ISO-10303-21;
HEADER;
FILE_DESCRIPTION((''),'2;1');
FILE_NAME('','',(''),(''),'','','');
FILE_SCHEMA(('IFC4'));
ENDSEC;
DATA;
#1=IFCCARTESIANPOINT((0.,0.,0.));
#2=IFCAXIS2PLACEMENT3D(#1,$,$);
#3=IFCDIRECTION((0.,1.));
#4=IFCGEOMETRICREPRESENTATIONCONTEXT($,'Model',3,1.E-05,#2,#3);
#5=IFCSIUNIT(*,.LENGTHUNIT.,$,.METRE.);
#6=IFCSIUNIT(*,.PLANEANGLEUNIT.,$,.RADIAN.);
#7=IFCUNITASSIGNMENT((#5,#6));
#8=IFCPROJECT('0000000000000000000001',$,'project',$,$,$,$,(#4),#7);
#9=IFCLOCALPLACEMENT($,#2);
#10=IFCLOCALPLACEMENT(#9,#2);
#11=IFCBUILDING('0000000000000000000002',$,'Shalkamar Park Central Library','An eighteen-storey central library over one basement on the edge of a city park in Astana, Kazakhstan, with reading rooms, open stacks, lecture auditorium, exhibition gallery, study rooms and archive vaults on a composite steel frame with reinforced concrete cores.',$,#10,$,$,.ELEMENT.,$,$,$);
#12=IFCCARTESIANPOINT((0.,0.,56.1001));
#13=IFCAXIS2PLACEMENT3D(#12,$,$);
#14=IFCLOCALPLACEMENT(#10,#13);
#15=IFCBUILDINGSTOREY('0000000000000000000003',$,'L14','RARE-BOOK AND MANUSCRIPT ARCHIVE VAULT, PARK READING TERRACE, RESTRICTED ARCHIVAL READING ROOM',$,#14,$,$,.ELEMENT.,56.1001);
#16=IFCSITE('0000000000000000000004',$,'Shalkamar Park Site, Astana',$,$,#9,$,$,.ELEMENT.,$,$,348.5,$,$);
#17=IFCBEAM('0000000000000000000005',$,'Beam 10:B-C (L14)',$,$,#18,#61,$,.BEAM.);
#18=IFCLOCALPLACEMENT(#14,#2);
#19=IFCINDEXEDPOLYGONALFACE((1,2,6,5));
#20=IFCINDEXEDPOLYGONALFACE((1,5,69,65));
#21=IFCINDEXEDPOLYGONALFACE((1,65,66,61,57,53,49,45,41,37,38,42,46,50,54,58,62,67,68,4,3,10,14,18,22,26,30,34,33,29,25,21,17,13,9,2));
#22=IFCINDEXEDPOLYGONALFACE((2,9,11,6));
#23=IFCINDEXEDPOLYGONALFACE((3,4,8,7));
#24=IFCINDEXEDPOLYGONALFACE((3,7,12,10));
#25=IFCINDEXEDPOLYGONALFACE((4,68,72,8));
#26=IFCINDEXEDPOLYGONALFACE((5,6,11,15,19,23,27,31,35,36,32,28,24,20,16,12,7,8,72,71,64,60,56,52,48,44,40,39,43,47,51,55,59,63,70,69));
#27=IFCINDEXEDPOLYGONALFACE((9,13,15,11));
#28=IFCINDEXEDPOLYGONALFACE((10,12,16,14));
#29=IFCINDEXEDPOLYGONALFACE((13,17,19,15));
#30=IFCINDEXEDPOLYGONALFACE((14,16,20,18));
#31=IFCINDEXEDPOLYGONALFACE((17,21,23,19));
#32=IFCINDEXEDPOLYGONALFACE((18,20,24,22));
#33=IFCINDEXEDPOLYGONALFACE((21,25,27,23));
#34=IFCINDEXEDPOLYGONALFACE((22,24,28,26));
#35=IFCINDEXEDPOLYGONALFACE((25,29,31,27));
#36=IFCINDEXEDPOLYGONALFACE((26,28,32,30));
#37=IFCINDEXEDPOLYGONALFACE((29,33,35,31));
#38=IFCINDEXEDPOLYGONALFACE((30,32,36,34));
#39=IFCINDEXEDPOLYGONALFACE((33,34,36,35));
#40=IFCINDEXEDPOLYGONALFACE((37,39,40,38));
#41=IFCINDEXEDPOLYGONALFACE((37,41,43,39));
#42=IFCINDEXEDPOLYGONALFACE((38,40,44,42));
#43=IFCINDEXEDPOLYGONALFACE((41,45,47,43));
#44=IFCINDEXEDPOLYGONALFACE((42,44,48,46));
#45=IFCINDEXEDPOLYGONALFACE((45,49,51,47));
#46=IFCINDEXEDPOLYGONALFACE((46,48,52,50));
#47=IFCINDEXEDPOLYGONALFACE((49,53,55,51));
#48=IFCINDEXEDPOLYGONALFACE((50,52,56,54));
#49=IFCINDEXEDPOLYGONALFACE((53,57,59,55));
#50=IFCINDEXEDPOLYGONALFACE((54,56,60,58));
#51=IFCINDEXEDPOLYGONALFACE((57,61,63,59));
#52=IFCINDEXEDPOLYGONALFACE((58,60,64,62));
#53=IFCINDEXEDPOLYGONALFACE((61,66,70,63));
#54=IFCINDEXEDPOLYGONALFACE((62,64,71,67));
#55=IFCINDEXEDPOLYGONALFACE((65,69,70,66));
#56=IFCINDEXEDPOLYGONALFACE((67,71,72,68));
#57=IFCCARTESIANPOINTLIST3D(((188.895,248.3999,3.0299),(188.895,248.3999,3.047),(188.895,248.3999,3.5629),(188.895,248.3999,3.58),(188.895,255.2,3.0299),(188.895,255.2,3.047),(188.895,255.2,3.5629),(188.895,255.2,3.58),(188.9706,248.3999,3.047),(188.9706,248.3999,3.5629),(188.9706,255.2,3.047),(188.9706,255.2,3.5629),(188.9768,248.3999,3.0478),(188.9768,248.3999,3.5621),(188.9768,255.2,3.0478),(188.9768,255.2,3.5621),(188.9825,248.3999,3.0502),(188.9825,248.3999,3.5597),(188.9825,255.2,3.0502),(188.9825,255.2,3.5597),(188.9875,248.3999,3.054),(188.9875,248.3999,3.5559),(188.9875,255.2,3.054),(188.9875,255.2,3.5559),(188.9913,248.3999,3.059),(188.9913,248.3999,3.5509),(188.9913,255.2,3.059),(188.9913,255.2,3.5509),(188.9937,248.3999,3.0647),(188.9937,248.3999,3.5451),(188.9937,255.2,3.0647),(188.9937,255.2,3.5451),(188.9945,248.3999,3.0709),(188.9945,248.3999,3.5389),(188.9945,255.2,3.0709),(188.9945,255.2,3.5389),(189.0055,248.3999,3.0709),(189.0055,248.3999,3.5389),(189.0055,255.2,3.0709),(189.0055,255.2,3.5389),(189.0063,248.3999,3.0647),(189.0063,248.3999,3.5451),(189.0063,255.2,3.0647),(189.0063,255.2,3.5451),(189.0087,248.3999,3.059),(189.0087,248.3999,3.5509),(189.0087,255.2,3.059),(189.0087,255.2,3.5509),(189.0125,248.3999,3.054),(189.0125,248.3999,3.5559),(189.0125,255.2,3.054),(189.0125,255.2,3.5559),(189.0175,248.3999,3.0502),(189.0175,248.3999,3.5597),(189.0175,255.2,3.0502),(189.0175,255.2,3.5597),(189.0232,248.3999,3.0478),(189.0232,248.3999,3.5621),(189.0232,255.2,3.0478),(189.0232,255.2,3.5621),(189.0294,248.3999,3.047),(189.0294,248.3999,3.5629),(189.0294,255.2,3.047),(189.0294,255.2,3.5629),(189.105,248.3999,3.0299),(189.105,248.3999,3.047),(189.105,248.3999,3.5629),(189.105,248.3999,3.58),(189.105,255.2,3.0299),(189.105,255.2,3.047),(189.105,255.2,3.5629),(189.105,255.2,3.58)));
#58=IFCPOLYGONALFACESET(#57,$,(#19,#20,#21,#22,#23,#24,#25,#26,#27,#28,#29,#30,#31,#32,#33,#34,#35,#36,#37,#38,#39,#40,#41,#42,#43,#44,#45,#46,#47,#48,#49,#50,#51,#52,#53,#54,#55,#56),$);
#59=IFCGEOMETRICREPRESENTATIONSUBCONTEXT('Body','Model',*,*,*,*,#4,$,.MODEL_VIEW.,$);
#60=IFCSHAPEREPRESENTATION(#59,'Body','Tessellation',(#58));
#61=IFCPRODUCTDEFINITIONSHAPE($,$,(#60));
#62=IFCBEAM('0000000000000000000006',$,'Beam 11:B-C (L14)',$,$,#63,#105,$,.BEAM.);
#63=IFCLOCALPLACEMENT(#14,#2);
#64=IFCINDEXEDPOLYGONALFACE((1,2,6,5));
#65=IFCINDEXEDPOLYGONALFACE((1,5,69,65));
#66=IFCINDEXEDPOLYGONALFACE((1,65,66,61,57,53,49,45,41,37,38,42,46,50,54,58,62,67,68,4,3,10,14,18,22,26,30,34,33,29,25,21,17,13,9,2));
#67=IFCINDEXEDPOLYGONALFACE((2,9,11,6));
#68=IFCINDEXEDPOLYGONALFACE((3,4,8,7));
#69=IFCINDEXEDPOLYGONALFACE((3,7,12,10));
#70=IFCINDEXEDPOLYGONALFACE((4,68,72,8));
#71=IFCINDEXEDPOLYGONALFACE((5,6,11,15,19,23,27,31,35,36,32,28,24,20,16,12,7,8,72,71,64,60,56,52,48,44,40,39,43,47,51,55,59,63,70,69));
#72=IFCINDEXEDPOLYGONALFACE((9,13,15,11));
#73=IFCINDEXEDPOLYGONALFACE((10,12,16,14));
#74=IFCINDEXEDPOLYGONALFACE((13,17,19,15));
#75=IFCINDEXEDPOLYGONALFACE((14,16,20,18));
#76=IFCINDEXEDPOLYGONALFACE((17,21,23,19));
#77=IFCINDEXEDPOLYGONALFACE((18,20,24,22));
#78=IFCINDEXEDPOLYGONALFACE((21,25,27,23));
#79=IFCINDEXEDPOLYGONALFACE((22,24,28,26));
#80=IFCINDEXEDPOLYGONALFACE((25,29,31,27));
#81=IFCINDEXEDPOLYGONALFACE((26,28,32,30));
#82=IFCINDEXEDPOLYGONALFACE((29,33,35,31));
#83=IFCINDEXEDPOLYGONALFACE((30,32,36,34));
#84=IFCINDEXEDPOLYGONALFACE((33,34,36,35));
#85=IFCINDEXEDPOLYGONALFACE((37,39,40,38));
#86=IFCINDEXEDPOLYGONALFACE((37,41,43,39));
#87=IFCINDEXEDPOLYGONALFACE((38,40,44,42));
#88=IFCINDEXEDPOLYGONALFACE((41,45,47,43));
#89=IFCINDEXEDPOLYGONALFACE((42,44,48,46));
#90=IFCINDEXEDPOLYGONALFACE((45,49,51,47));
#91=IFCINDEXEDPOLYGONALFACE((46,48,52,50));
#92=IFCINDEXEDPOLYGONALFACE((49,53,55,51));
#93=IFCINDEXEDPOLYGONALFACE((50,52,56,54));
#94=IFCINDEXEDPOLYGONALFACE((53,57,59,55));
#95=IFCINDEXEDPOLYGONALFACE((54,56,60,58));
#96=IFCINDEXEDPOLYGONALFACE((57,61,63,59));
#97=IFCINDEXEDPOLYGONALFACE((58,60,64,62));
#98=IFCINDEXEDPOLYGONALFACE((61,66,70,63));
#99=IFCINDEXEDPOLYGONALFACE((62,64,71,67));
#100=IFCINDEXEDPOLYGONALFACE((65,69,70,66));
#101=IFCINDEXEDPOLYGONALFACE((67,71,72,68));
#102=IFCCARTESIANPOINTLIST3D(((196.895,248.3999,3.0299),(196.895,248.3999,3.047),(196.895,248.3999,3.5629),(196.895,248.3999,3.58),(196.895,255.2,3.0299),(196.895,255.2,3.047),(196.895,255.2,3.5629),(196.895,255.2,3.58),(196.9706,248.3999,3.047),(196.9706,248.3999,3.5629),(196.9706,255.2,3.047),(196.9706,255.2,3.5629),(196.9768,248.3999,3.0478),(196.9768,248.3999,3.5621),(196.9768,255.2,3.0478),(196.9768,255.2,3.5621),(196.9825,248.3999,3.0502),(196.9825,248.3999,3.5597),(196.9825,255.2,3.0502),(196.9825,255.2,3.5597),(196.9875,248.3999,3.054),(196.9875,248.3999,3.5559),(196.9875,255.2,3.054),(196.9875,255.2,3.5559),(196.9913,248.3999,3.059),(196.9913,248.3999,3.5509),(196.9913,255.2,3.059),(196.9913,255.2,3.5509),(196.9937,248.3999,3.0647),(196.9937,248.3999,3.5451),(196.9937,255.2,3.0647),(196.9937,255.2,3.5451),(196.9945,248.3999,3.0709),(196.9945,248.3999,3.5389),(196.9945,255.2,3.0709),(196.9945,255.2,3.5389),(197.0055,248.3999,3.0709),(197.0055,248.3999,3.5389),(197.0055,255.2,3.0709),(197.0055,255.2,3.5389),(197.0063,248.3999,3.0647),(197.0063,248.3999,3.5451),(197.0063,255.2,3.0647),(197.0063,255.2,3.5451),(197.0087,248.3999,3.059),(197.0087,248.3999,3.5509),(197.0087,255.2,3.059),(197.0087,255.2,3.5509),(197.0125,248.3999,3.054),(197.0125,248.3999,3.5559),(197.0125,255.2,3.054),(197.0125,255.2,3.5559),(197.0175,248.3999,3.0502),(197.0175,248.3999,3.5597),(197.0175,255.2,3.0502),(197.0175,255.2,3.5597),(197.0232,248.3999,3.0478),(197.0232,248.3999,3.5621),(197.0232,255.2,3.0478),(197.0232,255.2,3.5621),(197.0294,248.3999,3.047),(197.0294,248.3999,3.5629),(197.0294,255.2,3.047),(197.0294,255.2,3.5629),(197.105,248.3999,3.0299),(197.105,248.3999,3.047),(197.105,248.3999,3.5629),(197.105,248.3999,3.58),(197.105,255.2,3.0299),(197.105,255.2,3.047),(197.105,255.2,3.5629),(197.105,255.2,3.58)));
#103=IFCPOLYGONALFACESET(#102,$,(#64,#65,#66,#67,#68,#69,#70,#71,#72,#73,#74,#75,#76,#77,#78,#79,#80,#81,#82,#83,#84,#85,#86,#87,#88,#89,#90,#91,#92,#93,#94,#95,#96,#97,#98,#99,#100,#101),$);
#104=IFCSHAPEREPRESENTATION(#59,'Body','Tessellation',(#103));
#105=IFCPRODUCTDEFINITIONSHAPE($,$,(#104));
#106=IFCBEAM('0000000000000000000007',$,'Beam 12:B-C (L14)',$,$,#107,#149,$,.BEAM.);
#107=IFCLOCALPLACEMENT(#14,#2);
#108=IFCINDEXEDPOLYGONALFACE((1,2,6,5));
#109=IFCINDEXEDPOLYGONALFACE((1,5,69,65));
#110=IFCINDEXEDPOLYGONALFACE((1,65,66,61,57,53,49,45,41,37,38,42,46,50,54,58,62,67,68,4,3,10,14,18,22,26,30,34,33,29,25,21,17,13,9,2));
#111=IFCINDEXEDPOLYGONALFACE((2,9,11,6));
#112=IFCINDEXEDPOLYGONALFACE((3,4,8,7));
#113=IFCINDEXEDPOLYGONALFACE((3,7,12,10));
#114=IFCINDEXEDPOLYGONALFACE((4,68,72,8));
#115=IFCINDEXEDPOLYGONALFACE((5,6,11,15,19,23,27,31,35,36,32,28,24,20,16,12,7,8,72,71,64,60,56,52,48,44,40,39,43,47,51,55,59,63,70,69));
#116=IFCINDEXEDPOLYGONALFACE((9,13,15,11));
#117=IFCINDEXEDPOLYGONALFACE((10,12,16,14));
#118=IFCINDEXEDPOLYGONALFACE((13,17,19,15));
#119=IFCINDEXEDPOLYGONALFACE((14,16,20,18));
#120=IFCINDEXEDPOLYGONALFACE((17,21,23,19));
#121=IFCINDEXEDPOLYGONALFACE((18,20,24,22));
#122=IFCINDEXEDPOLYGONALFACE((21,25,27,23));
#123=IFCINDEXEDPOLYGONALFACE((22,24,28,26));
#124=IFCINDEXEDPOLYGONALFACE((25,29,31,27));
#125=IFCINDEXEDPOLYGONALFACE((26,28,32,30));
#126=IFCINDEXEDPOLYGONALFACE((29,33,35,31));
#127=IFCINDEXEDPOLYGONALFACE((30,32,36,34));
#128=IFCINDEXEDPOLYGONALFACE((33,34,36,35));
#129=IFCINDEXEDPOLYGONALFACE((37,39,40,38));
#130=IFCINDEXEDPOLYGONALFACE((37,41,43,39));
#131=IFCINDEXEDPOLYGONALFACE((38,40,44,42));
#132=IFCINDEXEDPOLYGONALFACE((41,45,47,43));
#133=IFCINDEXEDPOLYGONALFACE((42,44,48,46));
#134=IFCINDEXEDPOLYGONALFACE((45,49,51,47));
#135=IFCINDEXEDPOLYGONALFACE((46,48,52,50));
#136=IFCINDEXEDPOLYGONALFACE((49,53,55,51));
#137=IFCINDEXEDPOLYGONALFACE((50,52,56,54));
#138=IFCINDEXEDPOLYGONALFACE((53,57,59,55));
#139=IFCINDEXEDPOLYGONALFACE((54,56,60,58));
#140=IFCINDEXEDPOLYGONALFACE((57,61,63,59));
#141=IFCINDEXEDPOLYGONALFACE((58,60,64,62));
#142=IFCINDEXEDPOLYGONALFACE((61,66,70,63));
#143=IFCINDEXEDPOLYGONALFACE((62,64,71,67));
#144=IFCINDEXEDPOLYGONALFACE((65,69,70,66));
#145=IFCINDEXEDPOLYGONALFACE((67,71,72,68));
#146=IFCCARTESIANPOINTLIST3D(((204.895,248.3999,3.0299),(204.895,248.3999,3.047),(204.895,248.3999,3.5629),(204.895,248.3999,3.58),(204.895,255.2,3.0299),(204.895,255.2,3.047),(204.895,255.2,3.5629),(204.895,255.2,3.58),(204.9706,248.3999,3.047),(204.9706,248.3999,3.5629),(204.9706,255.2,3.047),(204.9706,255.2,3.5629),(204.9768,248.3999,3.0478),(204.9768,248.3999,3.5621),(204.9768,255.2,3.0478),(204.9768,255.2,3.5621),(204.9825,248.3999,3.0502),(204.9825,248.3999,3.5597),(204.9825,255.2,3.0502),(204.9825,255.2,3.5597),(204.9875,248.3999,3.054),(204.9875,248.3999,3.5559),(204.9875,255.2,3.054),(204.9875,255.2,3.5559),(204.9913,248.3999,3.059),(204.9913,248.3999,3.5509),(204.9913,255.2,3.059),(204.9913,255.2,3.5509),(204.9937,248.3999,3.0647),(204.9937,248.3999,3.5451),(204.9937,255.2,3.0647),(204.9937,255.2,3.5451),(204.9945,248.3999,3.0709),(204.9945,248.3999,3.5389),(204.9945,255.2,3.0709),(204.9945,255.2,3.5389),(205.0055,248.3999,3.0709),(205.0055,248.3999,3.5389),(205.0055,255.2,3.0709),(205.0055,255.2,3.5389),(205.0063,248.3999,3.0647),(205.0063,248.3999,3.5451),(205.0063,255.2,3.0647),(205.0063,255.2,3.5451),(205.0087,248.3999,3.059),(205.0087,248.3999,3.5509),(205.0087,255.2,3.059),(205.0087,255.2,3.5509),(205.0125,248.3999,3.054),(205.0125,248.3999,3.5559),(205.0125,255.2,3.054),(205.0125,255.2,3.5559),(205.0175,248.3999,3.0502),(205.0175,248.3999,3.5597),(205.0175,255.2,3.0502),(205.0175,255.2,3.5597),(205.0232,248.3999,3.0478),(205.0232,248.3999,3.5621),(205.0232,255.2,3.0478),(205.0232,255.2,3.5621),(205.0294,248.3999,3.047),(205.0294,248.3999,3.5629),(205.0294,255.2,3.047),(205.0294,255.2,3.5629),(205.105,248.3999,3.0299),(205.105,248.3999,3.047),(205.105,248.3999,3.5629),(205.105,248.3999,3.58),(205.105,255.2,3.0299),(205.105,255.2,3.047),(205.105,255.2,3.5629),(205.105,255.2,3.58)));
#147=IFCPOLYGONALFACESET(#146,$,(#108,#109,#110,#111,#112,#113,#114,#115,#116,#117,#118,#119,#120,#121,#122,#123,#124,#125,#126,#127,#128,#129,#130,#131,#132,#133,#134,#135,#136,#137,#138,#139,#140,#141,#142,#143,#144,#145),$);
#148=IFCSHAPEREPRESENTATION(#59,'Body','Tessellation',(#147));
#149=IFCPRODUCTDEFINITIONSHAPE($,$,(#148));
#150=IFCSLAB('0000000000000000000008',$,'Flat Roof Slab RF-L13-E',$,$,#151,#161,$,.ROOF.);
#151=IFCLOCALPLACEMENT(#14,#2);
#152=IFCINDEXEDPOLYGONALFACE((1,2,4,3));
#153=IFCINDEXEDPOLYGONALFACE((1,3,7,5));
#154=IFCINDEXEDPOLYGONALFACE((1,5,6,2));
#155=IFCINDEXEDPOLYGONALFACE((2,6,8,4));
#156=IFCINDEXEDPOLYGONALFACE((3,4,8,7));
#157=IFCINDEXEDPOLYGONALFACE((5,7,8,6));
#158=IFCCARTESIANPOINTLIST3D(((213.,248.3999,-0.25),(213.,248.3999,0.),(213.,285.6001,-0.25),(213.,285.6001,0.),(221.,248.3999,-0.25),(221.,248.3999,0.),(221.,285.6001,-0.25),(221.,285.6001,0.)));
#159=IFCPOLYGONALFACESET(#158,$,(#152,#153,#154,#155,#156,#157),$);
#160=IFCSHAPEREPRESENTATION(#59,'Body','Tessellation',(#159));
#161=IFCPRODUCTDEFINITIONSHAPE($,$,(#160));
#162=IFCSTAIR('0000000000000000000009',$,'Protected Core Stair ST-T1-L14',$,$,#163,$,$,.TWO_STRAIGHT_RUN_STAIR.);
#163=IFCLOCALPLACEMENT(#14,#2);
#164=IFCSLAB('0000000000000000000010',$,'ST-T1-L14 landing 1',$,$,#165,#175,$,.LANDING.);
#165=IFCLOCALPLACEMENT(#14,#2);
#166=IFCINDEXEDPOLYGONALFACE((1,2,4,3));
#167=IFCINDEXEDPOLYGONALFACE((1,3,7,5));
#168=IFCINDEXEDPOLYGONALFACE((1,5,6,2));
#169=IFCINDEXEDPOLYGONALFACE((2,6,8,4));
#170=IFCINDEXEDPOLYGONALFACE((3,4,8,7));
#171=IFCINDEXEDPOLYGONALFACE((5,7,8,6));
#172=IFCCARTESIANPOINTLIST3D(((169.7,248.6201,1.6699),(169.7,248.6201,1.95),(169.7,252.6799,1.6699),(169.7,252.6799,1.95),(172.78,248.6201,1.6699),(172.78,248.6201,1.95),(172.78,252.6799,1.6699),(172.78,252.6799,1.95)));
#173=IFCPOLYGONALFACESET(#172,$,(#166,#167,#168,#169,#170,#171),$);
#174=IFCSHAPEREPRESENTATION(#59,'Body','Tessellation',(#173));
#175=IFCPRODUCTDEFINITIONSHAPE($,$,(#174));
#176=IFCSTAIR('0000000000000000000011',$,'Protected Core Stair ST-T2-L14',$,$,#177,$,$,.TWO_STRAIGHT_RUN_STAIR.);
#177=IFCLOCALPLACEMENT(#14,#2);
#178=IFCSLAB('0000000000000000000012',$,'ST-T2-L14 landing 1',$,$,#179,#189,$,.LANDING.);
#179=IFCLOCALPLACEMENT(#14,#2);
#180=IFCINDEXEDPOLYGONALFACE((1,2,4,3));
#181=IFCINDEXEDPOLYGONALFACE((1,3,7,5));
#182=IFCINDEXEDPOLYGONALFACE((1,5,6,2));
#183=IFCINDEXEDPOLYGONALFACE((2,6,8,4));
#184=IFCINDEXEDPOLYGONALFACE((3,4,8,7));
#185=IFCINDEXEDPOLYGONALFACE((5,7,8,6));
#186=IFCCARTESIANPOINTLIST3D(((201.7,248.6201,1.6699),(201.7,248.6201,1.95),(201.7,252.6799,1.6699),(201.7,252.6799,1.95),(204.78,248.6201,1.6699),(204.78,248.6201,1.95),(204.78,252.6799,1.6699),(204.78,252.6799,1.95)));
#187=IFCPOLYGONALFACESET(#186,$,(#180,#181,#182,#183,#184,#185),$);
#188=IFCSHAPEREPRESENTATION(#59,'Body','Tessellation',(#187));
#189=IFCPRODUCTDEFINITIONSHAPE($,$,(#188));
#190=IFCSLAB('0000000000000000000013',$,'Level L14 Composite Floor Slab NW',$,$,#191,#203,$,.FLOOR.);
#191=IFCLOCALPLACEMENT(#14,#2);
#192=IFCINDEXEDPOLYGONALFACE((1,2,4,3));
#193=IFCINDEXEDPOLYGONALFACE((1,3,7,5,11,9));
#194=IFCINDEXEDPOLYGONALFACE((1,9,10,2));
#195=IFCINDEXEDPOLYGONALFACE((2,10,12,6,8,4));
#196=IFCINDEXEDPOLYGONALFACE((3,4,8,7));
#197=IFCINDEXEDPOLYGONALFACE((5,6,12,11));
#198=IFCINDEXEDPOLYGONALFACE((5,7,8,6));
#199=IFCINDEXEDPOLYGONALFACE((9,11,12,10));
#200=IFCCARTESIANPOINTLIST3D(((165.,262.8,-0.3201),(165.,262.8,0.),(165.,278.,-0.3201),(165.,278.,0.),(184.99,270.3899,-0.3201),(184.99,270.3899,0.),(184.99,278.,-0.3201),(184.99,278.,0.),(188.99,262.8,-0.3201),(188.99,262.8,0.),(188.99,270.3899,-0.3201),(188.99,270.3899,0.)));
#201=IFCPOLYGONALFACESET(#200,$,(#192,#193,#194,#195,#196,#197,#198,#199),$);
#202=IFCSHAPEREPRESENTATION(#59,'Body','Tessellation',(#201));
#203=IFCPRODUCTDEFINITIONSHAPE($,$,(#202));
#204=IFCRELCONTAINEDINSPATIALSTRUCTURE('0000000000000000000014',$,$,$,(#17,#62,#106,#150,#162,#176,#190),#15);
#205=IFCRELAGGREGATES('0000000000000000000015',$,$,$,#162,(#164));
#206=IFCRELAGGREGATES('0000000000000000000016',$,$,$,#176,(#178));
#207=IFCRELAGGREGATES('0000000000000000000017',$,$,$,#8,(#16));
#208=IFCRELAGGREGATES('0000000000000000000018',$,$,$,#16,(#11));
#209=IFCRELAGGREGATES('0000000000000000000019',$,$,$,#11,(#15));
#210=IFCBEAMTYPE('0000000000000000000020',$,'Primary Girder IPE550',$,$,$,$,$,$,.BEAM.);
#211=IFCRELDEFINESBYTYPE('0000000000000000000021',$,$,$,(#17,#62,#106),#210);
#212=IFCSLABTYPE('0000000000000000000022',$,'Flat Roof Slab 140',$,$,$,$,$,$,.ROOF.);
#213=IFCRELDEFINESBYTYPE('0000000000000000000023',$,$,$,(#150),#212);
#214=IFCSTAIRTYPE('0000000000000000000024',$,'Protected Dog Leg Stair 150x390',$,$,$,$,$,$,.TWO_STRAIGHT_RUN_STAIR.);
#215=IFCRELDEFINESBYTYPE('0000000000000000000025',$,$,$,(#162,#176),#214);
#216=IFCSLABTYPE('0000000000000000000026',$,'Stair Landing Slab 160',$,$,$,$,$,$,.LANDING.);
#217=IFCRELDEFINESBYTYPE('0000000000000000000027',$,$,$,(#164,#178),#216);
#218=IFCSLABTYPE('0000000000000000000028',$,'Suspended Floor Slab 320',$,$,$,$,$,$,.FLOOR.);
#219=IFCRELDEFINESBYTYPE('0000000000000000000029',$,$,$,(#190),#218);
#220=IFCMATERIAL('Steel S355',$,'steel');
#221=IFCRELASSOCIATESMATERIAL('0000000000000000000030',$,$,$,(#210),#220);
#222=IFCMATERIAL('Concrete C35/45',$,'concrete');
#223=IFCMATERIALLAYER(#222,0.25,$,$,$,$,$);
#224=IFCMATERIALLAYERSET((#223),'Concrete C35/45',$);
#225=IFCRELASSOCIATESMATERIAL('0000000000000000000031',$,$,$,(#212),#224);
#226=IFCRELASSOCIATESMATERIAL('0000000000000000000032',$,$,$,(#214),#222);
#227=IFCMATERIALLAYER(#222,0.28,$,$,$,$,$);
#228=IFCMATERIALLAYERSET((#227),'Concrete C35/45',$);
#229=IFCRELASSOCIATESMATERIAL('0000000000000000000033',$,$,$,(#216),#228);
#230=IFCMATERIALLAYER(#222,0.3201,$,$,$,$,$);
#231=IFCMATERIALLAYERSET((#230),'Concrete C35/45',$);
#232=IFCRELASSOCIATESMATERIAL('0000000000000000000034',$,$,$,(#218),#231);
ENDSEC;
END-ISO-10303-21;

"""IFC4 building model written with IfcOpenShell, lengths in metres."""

from ifc_helpers import new_model, si_unit, direction, frame, origin, origin_2d, place, context, subcontext, project, spatial, polyline, i_section, outline, extrude, material, layer, layer_set, material_profile, profile_set, type_object, element, aggregate, save


model = new_model("IFC4")

# Units and contexts
model_context = context("Model", 3, precision=1e-05, world=origin(), true_north=direction((0.0, 1.0)))
body_context = subcontext(model_context, "Body", "Model", "MODEL_VIEW")
ifc_project = project(units=[si_unit("LENGTHUNIT", "METRE"), si_unit("PLANEANGLEUNIT", "RADIAN")], contexts=[model_context])

# Site, building, storey
site_placement = place(None, origin())
site = spatial("IfcSite", under=ifc_project, at=site_placement, Name="Shalkamar Park Site, Astana", CompositionType="ELEMENT", RefElevation=348.5)
building_placement = place(site_placement, origin())
building = spatial("IfcBuilding", under=site, at=building_placement, Name="Shalkamar Park Central Library", Description="An eighteen-storey central library over one basement on the edge of a city park in Astana, Kazakhstan, with reading rooms, open stacks, lecture auditorium, exhibition gallery, study rooms and archive vaults on a composite steel frame with reinforced concrete cores.", CompositionType="ELEMENT")
storey_placement = place(building_placement, frame((0.0, 0.0, 56.1001)))
storey = spatial("IfcBuildingStorey", under=building, at=storey_placement, Name="L14", Description="RARE-BOOK AND MANUSCRIPT ARCHIVE VAULT, PARK READING TERRACE, RESTRICTED ARCHIVAL READING ROOM", CompositionType="ELEMENT", Elevation=56.1001)

# Shared definitions
ifc_material_1 = material(Name="Steel S355", Category="steel")

# Beams
ifc_material_profile_1 = material_profile(ifc_material_1, i_section(OverallWidth=0.21, OverallDepth=0.55, WebThickness=0.011, FlangeThickness=0.0171, FilletRadius=0.0239, at=origin_2d()), Name="IPE 550")
ifc_profile_set_1 = profile_set([ifc_material_profile_1], Name="Steel S355")
beam_type_1 = type_object("IfcBeamType", Name="Primary Girder IPE550", PredefinedType="BEAM", material=ifc_profile_set_1)
for number, where, z_axis, x_axis, name in (
    (1, (189.0, 248.3999, 3.3049), (0.0, 1.0, 0.0), (-1.0, 0.0, 0.0), "Beam 10:B-C (L14)"),
    (2, (197.0, 248.3999, 3.3049), (0.0, 1.0, 0.0), (-1.0, 0.0, 0.0), "Beam 11:B-C (L14)"),
    (3, (205.0, 248.3999, 3.3049), (0.0, 1.0, 0.0), (-1.0, 0.0, 0.0), "Beam 12:B-C (L14)"),
):
    element("IfcBeam", number, at=place(storey_placement, frame(where, z_axis=z_axis, x_axis=x_axis)), inside=storey, type_object=beam_type_1, Name=name, PredefinedType="BEAM", context=body_context, shape_type="SweptSolid", body=[
        extrude(i_section(OverallWidth=0.21, OverallDepth=0.55, WebThickness=0.011, FlangeThickness=0.0171, FilletRadius=0.0239, at=origin_2d()), origin(), (0.0, 0.0, 1.0), 6.8),
    ])

# Slab
ifc_material_2 = material(Name="Concrete C35/45", Category="concrete")
ifc_layer_1 = layer(ifc_material_2, 0.25)
ifc_layer_set_1 = layer_set([ifc_layer_1], Name="Concrete C35/45")
slab_type_1 = type_object("IfcSlabType", Name="Flat Roof Slab 140", PredefinedType="ROOF", material=ifc_layer_set_1)
slab_1_placement = place(storey_placement, frame((0.0, 0.0, -0.25)))
element("IfcSlab", 4, at=slab_1_placement, inside=storey, type_object=slab_type_1, Name="Flat Roof Slab RF-L13-E", PredefinedType="ROOF", context=body_context, shape_type="SweptSolid", body=[
    extrude(outline(polyline([(213.0, 248.3999), (221.0, 248.3999), (221.0, 285.6001), (213.0, 285.6001), (213.0, 248.3999)])), origin(), (0.0, 0.0, 1.0), 0.25),
])

# Stairs, slabs
stair_type = type_object("IfcStairType", Name="Protected Dog Leg Stair 150x390", PredefinedType="TWO_STRAIGHT_RUN_STAIR", material=ifc_material_2)
stair_1_placement = place(storey_placement, origin())
stair_1 = element("IfcStair", 5, at=stair_1_placement, inside=storey, type_object=stair_type, Name="Protected Core Stair ST-T1-L14", PredefinedType="TWO_STRAIGHT_RUN_STAIR")
ifc_layer_2 = layer(ifc_material_2, 0.28)
ifc_layer_set_2 = layer_set([ifc_layer_2], Name="Concrete C35/45")
slab_type_2 = type_object("IfcSlabType", Name="Stair Landing Slab 160", PredefinedType="LANDING", material=ifc_layer_set_2)
slab_2_placement = place(storey_placement, frame((0.0, 0.0, 1.6699)))
slab_2 = element("IfcSlab", 6, at=slab_2_placement, type_object=slab_type_2, Name="ST-T1-L14 landing 1", PredefinedType="LANDING", context=body_context, shape_type="SweptSolid", body=[
    extrude(outline(polyline([(169.7, 248.6201), (172.78, 248.6201), (172.78, 252.6799), (169.7, 252.6799), (169.7, 248.6201)])), origin(), (0.0, 0.0, 1.0), 0.28),
])
aggregate(stair_1, [slab_2])
stair_2_placement = place(storey_placement, origin())
stair_2 = element("IfcStair", 7, at=stair_2_placement, inside=storey, type_object=stair_type, Name="Protected Core Stair ST-T2-L14", PredefinedType="TWO_STRAIGHT_RUN_STAIR")
slab_3_placement = place(storey_placement, frame((0.0, 0.0, 1.6699)))
slab_3 = element("IfcSlab", 8, at=slab_3_placement, type_object=slab_type_2, Name="ST-T2-L14 landing 1", PredefinedType="LANDING", context=body_context, shape_type="SweptSolid", body=[
    extrude(outline(polyline([(201.7, 248.6201), (204.78, 248.6201), (204.78, 252.6799), (201.7, 252.6799), (201.7, 248.6201)])), origin(), (0.0, 0.0, 1.0), 0.28),
])
aggregate(stair_2, [slab_3])

# Slab
ifc_layer_3 = layer(ifc_material_2, 0.3201)
ifc_layer_set_3 = layer_set([ifc_layer_3], Name="Concrete C35/45")
slab_type_3 = type_object("IfcSlabType", Name="Suspended Floor Slab 320", PredefinedType="FLOOR", material=ifc_layer_set_3)
slab_4_placement = place(storey_placement, frame((0.0, 0.0, -0.3201)))
element("IfcSlab", 9, at=slab_4_placement, inside=storey, type_object=slab_type_3, Name="Level L14 Composite Floor Slab NW", PredefinedType="FLOOR", context=body_context, shape_type="SweptSolid", body=[
    extrude(outline(polyline([(165.0, 262.8), (188.99, 262.8), (188.99, 270.3899), (184.99, 270.3899), (184.99, 278.0), (165.0, 278.0), (165.0, 262.8)])), origin(), (0.0, 0.0, 1.0), 0.3201),
])

save(model, "model.ifc")
